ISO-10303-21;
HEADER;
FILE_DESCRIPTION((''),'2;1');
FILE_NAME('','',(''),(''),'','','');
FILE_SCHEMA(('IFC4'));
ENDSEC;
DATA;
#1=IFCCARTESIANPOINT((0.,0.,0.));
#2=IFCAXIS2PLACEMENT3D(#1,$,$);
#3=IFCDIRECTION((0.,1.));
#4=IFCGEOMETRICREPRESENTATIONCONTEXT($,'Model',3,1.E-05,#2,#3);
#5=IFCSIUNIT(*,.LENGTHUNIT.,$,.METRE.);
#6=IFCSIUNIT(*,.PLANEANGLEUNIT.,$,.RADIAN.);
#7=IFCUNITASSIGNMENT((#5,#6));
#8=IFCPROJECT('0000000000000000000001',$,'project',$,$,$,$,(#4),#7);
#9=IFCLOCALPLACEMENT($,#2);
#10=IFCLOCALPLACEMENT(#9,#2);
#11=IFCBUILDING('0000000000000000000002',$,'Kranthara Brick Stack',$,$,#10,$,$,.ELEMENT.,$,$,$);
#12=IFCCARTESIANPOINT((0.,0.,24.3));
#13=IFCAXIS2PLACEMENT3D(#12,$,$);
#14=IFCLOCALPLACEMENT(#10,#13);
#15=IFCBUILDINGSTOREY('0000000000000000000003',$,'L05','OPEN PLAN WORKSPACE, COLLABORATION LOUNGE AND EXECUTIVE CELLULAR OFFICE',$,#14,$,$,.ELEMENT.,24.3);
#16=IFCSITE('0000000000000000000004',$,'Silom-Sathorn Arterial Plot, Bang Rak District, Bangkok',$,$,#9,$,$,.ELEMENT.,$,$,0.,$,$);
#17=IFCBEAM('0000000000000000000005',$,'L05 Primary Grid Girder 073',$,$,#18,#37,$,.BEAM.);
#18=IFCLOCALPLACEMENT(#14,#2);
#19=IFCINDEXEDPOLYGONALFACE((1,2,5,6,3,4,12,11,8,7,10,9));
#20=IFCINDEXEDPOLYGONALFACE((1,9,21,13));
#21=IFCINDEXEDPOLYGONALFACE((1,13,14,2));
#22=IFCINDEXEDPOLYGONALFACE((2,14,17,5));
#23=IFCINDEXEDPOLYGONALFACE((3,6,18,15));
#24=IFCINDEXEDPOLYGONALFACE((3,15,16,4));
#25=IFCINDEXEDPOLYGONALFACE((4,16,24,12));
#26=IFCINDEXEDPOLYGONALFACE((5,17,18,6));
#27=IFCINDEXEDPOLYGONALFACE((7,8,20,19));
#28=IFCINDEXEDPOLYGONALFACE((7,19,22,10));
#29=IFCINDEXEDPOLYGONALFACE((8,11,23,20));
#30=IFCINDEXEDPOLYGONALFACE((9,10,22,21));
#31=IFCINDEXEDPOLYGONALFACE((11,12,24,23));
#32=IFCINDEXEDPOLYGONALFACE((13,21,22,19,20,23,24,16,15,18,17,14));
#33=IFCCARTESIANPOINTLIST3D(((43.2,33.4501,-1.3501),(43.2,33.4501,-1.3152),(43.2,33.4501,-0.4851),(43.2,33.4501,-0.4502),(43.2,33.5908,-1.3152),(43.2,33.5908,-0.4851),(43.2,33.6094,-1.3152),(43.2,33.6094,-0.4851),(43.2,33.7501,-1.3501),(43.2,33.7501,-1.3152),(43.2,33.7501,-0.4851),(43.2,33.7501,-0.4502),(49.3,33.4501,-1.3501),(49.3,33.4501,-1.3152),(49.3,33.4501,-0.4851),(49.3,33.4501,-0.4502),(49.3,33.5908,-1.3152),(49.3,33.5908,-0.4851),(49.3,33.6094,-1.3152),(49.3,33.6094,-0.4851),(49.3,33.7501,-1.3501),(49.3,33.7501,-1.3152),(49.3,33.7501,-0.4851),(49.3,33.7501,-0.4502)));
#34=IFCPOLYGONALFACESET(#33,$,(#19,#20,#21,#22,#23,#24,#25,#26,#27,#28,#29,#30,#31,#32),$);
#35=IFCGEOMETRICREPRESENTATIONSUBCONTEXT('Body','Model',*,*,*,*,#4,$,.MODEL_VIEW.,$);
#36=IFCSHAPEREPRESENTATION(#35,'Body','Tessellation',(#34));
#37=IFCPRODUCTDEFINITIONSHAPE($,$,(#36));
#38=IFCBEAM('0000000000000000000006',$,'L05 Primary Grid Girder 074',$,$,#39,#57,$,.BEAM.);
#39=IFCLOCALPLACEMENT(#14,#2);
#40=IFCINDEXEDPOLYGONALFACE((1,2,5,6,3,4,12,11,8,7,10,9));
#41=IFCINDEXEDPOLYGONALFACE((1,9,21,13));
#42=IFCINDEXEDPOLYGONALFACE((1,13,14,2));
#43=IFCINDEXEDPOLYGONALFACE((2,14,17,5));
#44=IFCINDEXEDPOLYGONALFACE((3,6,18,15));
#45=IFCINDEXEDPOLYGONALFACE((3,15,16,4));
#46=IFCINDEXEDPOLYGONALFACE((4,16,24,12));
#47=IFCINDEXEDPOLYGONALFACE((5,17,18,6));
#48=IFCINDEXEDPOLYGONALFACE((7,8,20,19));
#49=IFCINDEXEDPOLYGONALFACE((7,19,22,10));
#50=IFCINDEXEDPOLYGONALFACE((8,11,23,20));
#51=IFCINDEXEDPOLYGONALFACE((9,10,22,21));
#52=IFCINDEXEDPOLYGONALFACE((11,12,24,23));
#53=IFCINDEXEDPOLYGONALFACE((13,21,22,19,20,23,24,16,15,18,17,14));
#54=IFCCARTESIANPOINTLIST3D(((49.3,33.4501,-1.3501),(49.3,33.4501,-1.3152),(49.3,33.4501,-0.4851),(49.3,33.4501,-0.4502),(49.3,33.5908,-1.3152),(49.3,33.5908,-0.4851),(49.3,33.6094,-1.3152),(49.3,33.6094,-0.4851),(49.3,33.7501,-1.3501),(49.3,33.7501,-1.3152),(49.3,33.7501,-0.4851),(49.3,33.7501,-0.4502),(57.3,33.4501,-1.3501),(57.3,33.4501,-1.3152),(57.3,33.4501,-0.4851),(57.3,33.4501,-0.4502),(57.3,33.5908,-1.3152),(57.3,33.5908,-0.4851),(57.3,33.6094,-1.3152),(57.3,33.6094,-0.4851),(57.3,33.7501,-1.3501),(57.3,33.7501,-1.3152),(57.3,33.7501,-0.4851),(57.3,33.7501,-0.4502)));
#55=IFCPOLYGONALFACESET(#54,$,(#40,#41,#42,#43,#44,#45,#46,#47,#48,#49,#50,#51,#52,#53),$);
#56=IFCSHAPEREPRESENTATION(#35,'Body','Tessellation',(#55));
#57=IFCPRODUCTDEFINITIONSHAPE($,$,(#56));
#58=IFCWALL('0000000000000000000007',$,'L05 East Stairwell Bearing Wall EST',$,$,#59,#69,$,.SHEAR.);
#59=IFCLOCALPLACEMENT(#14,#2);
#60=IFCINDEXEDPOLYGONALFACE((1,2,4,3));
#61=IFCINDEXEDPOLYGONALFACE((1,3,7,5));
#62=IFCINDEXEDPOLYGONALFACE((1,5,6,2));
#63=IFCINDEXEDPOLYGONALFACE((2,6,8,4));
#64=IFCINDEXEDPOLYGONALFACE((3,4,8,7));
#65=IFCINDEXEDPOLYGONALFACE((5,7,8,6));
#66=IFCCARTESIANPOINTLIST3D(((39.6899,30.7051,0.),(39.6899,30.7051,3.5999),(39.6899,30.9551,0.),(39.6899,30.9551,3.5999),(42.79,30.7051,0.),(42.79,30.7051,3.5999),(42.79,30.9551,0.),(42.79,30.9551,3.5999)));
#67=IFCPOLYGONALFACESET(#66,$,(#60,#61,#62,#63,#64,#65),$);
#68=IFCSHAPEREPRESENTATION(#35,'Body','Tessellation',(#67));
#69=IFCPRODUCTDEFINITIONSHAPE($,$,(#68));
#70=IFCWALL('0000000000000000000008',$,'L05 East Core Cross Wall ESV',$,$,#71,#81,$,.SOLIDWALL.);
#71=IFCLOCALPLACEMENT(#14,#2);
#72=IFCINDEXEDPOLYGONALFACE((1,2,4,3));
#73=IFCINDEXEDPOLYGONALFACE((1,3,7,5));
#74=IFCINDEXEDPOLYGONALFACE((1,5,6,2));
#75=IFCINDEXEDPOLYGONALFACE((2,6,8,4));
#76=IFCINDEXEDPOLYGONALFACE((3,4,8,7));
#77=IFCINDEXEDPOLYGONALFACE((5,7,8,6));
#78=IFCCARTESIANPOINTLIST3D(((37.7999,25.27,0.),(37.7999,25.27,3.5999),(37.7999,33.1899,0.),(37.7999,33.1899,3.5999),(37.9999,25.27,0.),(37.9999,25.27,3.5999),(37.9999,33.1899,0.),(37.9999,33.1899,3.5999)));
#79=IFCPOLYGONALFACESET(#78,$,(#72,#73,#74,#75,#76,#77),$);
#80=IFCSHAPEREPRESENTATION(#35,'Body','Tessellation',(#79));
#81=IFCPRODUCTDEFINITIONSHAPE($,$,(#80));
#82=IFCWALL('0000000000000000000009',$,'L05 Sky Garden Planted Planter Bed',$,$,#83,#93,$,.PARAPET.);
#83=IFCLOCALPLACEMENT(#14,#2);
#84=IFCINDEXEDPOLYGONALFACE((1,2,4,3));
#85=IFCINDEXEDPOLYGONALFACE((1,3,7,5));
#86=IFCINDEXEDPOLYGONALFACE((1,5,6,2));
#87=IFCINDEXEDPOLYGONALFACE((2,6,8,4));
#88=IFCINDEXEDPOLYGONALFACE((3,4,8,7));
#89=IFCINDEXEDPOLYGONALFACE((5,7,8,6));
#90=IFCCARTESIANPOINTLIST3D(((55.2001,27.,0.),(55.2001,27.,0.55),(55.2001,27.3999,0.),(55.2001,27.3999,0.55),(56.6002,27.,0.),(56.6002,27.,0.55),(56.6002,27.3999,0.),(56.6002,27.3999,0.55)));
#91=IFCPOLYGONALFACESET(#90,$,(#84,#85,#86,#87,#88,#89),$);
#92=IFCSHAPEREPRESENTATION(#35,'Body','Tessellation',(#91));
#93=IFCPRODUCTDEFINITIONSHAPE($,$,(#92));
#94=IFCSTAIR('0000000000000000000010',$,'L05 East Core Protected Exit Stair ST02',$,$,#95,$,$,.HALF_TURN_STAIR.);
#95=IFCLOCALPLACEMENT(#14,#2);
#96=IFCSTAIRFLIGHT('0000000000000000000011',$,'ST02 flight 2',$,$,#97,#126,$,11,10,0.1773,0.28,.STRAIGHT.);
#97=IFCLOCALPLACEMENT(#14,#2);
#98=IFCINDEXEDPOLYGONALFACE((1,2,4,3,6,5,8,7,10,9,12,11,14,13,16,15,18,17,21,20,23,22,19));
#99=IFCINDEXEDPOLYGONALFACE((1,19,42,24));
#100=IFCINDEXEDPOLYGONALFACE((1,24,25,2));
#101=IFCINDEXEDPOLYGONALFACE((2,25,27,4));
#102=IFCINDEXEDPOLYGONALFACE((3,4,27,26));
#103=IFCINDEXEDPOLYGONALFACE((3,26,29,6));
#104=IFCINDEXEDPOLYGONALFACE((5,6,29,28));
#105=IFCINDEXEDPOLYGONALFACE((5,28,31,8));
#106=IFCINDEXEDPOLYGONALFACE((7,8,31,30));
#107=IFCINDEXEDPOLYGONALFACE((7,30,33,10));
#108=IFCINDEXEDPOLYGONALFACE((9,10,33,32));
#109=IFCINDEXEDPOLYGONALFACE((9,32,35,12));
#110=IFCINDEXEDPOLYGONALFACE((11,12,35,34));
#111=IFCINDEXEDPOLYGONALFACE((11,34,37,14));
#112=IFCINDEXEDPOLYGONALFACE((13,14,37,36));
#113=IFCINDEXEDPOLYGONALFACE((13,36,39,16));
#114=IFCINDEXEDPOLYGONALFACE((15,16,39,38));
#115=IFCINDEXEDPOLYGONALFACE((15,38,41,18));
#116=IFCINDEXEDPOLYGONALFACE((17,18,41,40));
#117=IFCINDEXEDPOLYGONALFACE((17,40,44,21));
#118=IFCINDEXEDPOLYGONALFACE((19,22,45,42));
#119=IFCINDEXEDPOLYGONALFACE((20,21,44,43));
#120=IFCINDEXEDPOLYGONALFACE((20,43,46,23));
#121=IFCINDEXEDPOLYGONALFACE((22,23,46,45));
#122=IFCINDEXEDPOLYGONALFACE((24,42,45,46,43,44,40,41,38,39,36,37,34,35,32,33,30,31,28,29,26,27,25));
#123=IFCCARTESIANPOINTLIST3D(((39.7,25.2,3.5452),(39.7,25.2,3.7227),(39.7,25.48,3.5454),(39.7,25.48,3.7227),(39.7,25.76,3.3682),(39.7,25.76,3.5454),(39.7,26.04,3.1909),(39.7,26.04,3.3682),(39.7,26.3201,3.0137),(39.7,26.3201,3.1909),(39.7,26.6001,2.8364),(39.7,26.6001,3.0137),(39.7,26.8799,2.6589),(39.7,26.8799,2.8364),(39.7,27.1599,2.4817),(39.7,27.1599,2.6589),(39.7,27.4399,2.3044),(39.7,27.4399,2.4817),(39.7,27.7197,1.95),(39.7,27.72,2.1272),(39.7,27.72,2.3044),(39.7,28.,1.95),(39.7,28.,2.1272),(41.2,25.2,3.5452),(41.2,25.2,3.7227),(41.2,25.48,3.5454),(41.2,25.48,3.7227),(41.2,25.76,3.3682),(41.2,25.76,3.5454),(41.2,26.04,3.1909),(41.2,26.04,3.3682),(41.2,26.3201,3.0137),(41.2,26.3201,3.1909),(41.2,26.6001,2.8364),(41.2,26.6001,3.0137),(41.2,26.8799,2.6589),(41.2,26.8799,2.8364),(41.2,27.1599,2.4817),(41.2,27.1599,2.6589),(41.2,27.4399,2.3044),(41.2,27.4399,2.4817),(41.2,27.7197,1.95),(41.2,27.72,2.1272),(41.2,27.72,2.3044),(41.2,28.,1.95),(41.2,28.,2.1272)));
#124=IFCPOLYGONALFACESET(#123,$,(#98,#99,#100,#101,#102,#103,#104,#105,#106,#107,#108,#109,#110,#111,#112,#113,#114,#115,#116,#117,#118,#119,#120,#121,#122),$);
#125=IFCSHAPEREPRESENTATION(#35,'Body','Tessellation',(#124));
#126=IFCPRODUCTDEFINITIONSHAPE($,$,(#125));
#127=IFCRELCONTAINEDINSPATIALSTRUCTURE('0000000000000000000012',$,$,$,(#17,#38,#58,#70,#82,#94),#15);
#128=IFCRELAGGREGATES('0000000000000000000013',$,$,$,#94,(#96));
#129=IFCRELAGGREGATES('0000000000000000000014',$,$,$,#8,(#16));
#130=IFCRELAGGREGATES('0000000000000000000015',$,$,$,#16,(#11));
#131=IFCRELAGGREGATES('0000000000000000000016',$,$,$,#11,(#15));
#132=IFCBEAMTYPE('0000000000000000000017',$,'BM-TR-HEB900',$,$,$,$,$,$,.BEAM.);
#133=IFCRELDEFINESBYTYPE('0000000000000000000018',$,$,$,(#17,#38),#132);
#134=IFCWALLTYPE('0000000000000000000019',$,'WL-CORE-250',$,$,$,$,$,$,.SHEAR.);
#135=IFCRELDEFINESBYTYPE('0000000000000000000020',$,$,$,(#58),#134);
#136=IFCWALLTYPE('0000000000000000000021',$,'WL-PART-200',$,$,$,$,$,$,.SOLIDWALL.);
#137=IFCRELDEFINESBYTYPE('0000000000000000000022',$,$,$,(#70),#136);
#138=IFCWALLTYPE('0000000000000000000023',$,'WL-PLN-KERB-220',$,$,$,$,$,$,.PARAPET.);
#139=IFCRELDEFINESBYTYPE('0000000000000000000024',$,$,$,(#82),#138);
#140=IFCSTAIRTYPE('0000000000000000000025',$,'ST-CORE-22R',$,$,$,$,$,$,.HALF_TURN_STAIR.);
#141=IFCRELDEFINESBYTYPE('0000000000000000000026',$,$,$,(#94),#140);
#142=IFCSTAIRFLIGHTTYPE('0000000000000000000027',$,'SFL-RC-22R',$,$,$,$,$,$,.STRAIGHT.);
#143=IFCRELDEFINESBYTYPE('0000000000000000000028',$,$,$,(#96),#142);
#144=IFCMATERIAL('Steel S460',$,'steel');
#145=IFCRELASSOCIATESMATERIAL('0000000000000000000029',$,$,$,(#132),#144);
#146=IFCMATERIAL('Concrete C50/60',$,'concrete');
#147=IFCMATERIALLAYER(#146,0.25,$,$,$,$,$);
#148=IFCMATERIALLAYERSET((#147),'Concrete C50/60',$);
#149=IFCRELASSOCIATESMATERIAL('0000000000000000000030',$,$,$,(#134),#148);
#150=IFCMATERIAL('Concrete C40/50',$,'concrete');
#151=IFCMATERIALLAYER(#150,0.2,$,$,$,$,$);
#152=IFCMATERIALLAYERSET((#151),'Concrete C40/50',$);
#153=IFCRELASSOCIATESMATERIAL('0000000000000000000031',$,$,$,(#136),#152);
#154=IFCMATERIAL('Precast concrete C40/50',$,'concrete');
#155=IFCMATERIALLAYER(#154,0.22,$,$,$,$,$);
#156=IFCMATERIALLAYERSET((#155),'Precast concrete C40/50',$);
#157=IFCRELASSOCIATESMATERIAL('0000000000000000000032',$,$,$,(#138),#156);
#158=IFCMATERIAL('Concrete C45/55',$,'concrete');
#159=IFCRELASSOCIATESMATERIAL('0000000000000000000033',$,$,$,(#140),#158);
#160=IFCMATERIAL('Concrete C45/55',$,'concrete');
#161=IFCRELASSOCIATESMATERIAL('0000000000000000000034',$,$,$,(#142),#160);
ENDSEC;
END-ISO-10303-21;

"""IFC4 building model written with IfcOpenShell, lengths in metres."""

from ifc_helpers import new_model, si_unit, direction, frame, frame_2d, origin, origin_2d, place, context, subcontext, project, spatial, polyline, rectangle, i_section, outline, extrude, material, layer, layer_set, material_profile, profile_set, type_object, element, aggregate, save


model = new_model("IFC4")

# Units and contexts
model_context = context("Model", 3, precision=1e-05, world=origin(), true_north=direction((0.0, 1.0)))
body_context = subcontext(model_context, "Body", "Model", "MODEL_VIEW")
ifc_project = project(units=[si_unit("LENGTHUNIT", "METRE"), si_unit("PLANEANGLEUNIT", "RADIAN")], contexts=[model_context])

# Site, building, storey
site_placement = place(None, origin())
site = spatial("IfcSite", under=ifc_project, at=site_placement, Name="Silom-Sathorn Arterial Plot, Bang Rak District, Bangkok", CompositionType="ELEMENT", RefElevation=0.0)
building_placement = place(site_placement, origin())
building = spatial("IfcBuilding", under=site, at=building_placement, Name="Kranthara Brick Stack", CompositionType="ELEMENT")
storey_placement = place(building_placement, frame((0.0, 0.0, 24.3)))
storey = spatial("IfcBuildingStorey", under=building, at=storey_placement, Name="L05", Description="OPEN PLAN WORKSPACE, COLLABORATION LOUNGE AND EXECUTIVE CELLULAR OFFICE", CompositionType="ELEMENT", Elevation=24.3)

# Beams
ifc_material_1 = material(Name="Steel S460", Category="steel")
ifc_material_profile_1 = material_profile(ifc_material_1, i_section(OverallWidth=0.3, OverallDepth=0.8999, WebThickness=0.0186, FlangeThickness=0.0349, at=origin_2d()), Name="HEB 900")
ifc_profile_set_1 = profile_set([ifc_material_profile_1], Name="Steel S460")
beam_type_1 = type_object("IfcBeamType", Name="BM-TR-HEB900", PredefinedType="BEAM", material=ifc_profile_set_1)
beam_1_placement = place(storey_placement, frame((43.2, 33.6001, -0.9001), z_axis=(1.0, 0.0, 0.0), x_axis=(0.0, 1.0, 0.0)))
element("IfcBeam", 1, at=beam_1_placement, inside=storey, type_object=beam_type_1, Name="L05 Primary Grid Girder 073", PredefinedType="BEAM", context=body_context, shape_type="SweptSolid", body=[
    extrude(i_section(OverallWidth=0.3, OverallDepth=0.8999, WebThickness=0.0186, FlangeThickness=0.0349, at=origin_2d()), origin(), (0.0, 0.0, 1.0), 6.1001),
])
beam_2_placement = place(storey_placement, frame((49.3, 33.6001, -0.9001), z_axis=(1.0, 0.0, 0.0), x_axis=(0.0, 1.0, 0.0)))
element("IfcBeam", 2, at=beam_2_placement, inside=storey, type_object=beam_type_1, Name="L05 Primary Grid Girder 074", PredefinedType="BEAM", context=body_context, shape_type="SweptSolid", body=[
    extrude(i_section(OverallWidth=0.3, OverallDepth=0.8999, WebThickness=0.0186, FlangeThickness=0.0349, at=origin_2d()), origin(), (0.0, 0.0, 1.0), 8.0),
])

# Walls
ifc_material_2 = material(Name="Concrete C50/60", Category="concrete")
ifc_layer_1 = layer(ifc_material_2, 0.25)
ifc_layer_set_1 = layer_set([ifc_layer_1], Name="Concrete C50/60")
wall_type_1 = type_object("IfcWallType", Name="WL-CORE-250", PredefinedType="SHEAR", material=ifc_layer_set_1)
wall_1_placement = place(storey_placement, frame((39.6899, 30.8301, 0.0), z_axis=(0.0, 0.0, 1.0), x_axis=(1.0, 0.0, 0.0)))
element("IfcWall", 3, at=wall_1_placement, inside=storey, type_object=wall_type_1, Name="L05 East Stairwell Bearing Wall EST", PredefinedType="SHEAR", context=body_context, shape_type="SweptSolid", body=[
    extrude(rectangle(XDim=3.1001, YDim=0.25, at=frame_2d((1.55, 0.0))), origin(), (0.0, 0.0, 1.0), 3.5999),
])
ifc_material_3 = material(Name="Concrete C40/50", Category="concrete")
ifc_layer_2 = layer(ifc_material_3, 0.2)
ifc_layer_set_2 = layer_set([ifc_layer_2], Name="Concrete C40/50")
wall_type_2 = type_object("IfcWallType", Name="WL-PART-200", PredefinedType="SOLIDWALL", material=ifc_layer_set_2)
wall_2_placement = place(storey_placement, frame((37.8999, 25.27, 0.0), z_axis=(0.0, 0.0, 1.0), x_axis=(0.0, 1.0, 0.0)))
element("IfcWall", 4, at=wall_2_placement, inside=storey, type_object=wall_type_2, Name="L05 East Core Cross Wall ESV", PredefinedType="SOLIDWALL", context=body_context, shape_type="SweptSolid", body=[
    extrude(rectangle(XDim=7.9199, YDim=0.2, at=frame_2d((3.96, 0.0))), origin(), (0.0, 0.0, 1.0), 3.5999),
])
ifc_material_4 = material(Name="Precast concrete C40/50", Category="concrete")
ifc_layer_3 = layer(ifc_material_4, 0.22)
ifc_layer_set_3 = layer_set([ifc_layer_3], Name="Precast concrete C40/50")
wall_type_3 = type_object("IfcWallType", Name="WL-PLN-KERB-220", PredefinedType="PARAPET", material=ifc_layer_set_3)
wall_3_placement = place(storey_placement, frame((55.2, 27.2, 0.0), z_axis=(0.0, 0.0, 1.0), x_axis=(1.0, 0.0, 0.0)))
element("IfcWall", 5, at=wall_3_placement, inside=storey, type_object=wall_type_3, Name="L05 Sky Garden Planted Planter Bed", PredefinedType="PARAPET", context=body_context, shape_type="SweptSolid", body=[
    extrude(rectangle(XDim=1.4001, YDim=0.3999, at=frame_2d((0.7002, 0.0))), origin(), (0.0, 0.0, 1.0), 0.55),
])

# Stair, stair flight
ifc_material_5 = material(Name="Concrete C45/55", Category="concrete")
stair_type = type_object("IfcStairType", Name="ST-CORE-22R", PredefinedType="HALF_TURN_STAIR", material=ifc_material_5)
stair_placement = place(storey_placement, origin())
stair = element("IfcStair", 6, at=stair_placement, inside=storey, type_object=stair_type, Name="L05 East Core Protected Exit Stair ST02", PredefinedType="HALF_TURN_STAIR")
ifc_material_6 = material(Name="Concrete C45/55", Category="concrete")
stair_flight_type = type_object("IfcStairFlightType", Name="SFL-RC-22R", PredefinedType="STRAIGHT", material=ifc_material_6)
stair_flight_placement = place(storey_placement, frame((40.45, 28.0, 1.95), z_axis=(0.0, 0.0, 1.0), x_axis=(0.0, -1.0, 0.0)))
stair_flight = element("IfcStairFlight", 7, at=stair_flight_placement, type_object=stair_flight_type, Name="ST02 flight 2", NumberOfRisers=11, NumberOfTreads=10, PredefinedType="STRAIGHT", RiserHeight=0.1773, TreadLength=0.28, context=body_context, shape_type="SweptSolid", body=[
    extrude(outline(polyline([(0.0, 0.0), (0.0, 0.1772), (0.28, 0.1772), (0.28, 0.3545), (0.5601, 0.3545), (0.5601, 0.5317), (0.8401, 0.5317), (0.8401, 0.709), (1.1201, 0.709), (1.1201, 0.8865), (1.3999, 0.8865), (1.3999, 1.0637), (1.6799, 1.0637), (1.6799, 1.241), (1.96, 1.241), (1.96, 1.4182), (2.24, 1.4182), (2.24, 1.5955), (2.52, 1.5955), (2.52, 1.7727), (2.8, 1.7727), (2.8, 1.95), (2.8, 1.5952), (0.2803, 0.0), (0.0, 0.0)])), frame((0.0, 0.75, 0.0), z_axis=(0.0, -1.0, 0.0), x_axis=(1.0, 0.0, 0.0)), (0.0, 0.0, 1.0), 1.5),
])
aggregate(stair, [stair_flight])

save(model, "model.ifc")
